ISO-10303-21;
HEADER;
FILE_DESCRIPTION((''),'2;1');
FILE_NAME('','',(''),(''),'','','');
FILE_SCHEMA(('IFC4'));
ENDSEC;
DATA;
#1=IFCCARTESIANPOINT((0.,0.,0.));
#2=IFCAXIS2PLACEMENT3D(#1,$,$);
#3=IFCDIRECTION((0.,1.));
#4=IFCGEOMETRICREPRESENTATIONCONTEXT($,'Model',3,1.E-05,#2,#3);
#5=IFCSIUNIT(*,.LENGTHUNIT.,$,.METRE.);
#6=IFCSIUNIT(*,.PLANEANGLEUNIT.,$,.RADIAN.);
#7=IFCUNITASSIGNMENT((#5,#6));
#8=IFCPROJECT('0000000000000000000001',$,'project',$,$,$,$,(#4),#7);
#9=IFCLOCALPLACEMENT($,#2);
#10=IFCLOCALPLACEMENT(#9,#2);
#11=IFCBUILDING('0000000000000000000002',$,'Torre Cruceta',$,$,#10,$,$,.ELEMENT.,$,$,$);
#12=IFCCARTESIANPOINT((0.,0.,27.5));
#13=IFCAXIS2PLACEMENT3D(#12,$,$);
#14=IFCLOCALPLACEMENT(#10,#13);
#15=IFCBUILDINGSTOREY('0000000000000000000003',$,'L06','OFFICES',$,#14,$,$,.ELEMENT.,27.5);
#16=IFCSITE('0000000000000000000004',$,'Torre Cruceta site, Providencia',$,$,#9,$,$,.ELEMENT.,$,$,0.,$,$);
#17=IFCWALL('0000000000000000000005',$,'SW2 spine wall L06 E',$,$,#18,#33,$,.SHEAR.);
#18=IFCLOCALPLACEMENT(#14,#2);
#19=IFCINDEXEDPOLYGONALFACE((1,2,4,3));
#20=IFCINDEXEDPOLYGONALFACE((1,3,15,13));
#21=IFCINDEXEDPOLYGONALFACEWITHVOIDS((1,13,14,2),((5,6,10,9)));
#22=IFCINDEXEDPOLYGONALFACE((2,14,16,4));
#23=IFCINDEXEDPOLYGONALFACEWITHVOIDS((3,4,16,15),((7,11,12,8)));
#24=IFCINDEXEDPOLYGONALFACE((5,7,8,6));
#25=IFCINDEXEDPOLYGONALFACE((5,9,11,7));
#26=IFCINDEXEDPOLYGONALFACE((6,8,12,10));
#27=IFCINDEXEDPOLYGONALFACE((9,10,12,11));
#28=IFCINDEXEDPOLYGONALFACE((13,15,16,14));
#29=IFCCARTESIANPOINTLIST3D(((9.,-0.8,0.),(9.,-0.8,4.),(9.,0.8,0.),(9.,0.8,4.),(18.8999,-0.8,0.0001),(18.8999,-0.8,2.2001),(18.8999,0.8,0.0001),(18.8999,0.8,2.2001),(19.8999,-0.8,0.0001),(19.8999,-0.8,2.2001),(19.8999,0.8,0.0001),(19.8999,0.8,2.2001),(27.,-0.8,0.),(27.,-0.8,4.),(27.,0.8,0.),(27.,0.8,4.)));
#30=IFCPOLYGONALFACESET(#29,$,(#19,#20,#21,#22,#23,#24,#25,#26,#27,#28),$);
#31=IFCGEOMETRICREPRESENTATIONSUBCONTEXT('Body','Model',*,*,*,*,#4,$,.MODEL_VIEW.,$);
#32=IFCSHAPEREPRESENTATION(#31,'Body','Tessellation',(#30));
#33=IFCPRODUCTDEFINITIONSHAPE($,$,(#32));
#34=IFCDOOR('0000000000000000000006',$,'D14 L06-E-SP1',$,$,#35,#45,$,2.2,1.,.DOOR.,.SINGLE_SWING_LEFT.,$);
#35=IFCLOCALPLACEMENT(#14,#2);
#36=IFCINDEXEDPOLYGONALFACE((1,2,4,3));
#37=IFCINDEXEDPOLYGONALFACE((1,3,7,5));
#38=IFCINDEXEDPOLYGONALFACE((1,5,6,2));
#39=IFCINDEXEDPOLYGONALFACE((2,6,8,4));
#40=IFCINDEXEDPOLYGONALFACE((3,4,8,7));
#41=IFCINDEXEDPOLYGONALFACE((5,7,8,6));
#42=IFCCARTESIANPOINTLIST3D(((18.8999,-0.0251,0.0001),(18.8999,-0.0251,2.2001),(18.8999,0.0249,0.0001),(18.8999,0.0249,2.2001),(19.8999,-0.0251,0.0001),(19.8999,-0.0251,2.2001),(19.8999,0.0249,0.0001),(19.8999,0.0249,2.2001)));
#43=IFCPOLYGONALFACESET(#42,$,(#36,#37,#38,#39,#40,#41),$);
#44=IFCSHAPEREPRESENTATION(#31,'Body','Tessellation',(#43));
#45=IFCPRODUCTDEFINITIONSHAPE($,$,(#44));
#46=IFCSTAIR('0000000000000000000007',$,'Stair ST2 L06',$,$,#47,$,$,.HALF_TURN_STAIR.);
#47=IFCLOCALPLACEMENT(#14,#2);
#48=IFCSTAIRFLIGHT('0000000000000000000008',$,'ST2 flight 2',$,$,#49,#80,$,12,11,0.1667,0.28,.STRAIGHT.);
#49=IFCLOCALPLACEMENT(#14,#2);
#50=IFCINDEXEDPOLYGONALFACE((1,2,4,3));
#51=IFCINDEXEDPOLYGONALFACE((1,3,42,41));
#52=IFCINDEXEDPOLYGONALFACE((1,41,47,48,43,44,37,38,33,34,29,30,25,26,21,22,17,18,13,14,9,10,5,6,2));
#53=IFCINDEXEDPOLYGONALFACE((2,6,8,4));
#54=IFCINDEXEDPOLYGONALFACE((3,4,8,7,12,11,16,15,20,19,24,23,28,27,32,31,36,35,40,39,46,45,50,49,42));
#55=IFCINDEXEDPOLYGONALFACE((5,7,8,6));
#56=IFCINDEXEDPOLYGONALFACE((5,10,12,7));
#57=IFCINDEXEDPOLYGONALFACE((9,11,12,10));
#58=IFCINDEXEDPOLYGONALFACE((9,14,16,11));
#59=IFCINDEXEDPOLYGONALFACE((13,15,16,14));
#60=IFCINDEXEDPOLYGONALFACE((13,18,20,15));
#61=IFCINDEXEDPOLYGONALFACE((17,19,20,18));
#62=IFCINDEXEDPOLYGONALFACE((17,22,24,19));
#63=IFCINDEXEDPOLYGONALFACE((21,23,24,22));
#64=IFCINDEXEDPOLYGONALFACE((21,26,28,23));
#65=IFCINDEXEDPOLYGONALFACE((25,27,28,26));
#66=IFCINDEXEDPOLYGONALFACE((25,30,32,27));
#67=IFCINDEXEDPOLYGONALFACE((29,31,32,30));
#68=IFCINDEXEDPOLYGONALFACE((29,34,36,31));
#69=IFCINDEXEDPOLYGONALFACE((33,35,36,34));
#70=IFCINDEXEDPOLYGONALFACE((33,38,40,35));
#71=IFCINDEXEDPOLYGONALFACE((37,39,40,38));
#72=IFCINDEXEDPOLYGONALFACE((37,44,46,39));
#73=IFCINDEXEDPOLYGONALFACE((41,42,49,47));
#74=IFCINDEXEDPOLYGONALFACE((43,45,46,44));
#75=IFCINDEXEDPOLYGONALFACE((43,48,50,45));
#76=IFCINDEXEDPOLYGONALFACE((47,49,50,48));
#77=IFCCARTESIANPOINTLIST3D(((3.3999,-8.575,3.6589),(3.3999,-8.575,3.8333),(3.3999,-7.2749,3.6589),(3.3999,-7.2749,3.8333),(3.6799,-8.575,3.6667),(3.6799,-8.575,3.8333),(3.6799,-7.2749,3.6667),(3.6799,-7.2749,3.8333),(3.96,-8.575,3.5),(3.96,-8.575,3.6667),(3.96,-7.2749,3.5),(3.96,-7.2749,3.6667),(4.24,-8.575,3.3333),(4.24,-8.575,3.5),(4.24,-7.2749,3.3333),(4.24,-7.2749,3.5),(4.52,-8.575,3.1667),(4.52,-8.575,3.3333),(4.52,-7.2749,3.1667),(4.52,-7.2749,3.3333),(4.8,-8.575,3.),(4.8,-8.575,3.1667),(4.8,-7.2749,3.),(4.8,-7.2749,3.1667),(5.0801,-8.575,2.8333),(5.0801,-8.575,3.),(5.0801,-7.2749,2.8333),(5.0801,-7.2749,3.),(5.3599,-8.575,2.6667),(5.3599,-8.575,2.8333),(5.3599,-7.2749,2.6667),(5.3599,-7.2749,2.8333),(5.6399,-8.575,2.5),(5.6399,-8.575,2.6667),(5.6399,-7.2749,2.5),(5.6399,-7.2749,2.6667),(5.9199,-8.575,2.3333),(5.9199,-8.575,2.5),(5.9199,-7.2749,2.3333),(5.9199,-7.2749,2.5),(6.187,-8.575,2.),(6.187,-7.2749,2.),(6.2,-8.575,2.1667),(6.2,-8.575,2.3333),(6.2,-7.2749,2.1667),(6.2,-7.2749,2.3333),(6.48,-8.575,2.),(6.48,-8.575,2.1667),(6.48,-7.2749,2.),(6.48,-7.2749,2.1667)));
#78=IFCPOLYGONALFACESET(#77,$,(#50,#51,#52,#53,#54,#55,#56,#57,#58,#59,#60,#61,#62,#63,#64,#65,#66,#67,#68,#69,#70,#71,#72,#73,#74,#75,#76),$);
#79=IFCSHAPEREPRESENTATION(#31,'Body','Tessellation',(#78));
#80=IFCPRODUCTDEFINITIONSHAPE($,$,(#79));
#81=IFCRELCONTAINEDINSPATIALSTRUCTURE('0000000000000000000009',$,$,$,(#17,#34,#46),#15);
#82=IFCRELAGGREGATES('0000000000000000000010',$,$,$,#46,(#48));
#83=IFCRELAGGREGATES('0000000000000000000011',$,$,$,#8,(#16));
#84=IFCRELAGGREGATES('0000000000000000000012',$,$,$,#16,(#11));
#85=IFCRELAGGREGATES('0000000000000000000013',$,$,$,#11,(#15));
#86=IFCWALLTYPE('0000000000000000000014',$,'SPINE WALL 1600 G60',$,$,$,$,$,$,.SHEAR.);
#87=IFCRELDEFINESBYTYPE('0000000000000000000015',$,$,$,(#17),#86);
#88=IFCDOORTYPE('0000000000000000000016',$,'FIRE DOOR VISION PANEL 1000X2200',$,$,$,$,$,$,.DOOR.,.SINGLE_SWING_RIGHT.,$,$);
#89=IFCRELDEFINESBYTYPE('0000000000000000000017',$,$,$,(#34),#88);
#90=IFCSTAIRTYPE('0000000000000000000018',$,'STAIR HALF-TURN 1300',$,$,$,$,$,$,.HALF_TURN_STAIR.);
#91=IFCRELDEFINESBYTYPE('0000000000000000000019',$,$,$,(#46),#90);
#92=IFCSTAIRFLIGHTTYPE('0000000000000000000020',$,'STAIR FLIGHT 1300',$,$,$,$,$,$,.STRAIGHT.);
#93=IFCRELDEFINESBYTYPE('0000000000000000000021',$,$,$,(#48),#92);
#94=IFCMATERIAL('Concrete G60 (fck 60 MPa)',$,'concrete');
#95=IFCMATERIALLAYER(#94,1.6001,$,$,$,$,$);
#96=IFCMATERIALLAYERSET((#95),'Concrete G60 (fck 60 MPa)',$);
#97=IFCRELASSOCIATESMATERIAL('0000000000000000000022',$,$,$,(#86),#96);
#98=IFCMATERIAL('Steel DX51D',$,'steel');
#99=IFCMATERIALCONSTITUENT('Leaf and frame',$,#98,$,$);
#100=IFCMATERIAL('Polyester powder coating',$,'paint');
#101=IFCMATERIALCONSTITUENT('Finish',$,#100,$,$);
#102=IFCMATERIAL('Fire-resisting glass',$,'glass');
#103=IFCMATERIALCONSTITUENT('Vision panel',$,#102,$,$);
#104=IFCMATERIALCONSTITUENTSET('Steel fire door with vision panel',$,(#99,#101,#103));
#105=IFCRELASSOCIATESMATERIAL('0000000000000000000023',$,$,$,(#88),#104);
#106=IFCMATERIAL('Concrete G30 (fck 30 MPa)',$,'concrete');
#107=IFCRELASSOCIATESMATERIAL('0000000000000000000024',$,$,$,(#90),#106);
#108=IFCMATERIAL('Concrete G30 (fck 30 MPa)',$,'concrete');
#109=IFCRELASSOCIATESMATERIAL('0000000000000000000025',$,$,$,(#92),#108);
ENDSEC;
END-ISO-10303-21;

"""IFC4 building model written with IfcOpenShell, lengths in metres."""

from ifc_helpers import new_model, si_unit, direction, frame, frame_2d, origin, place, context, subcontext, project, spatial, polyline, rectangle, outline, extrude, material, layer, layer_set, constituent, constituent_set, type_object, element, fill, aggregate, save


model = new_model("IFC4")

# Units and contexts
model_context = context("Model", 3, precision=1e-05, world=origin(), true_north=direction((0.0, 1.0)))
body_context = subcontext(model_context, "Body", "Model", "MODEL_VIEW")
ifc_project = project(units=[si_unit("LENGTHUNIT", "METRE"), si_unit("PLANEANGLEUNIT", "RADIAN")], contexts=[model_context])

# Site, building, storey
site_placement = place(None, origin())
site = spatial("IfcSite", under=ifc_project, at=site_placement, Name="Torre Cruceta site, Providencia", CompositionType="ELEMENT", RefElevation=0.0)
building_placement = place(site_placement, origin())
building = spatial("IfcBuilding", under=site, at=building_placement, Name="Torre Cruceta", CompositionType="ELEMENT")
storey_placement = place(building_placement, frame((0.0, 0.0, 27.5)))
storey = spatial("IfcBuildingStorey", under=building, at=storey_placement, Name="L06", Description="OFFICES", CompositionType="ELEMENT", Elevation=27.5)

# Wall, opening, door
ifc_material_1 = material(Name="Concrete G60 (fck 60 MPa)", Category="concrete")
ifc_layer_1 = layer(ifc_material_1, 1.6001)
ifc_layer_set_1 = layer_set([ifc_layer_1], Name="Concrete G60 (fck 60 MPa)")
wall_type_1 = type_object("IfcWallType", Name="SPINE WALL 1600 G60", PredefinedType="SHEAR", material=ifc_layer_set_1)
wall_1_placement = place(storey_placement, frame((9.0, 0.0, 0.0), z_axis=(0.0, 0.0, 1.0), x_axis=(1.0, 0.0, 0.0)))
wall_1 = element("IfcWall", 1, at=wall_1_placement, inside=storey, type_object=wall_type_1, Name="SW2 spine wall L06 E", PredefinedType="SHEAR", context=body_context, shape_type="SweptSolid", body=[
    extrude(rectangle(XDim=18.0, YDim=1.6001, at=frame_2d((9.0, 0.0))), origin(), (0.0, 0.0, 1.0), 4.0),
])
opening_1_placement = place(wall_1_placement, frame((9.8999, 0.0, 0.0)))
opening_1 = element("IfcOpeningElement", 2, at=opening_1_placement, cuts=wall_1, PredefinedType="OPENING", context=body_context, shape_type="SweptSolid", body=[
    extrude(rectangle(XDim=1.0, YDim=2.2, at=frame_2d((0.5, 1.1001))), frame((0.0, 0.8101, 0.0), z_axis=(0.0, -1.0, 0.0), x_axis=(1.0, 0.0, 0.0)), (0.0, 0.0, 1.0), 1.6201),
])
ifc_material_2 = material(Name="Steel DX51D", Category="steel")
ifc_constituent_1 = constituent(ifc_material_2, Name="Leaf and frame")
ifc_material_3 = material(Name="Polyester powder coating", Category="paint")
ifc_constituent_2 = constituent(ifc_material_3, Name="Finish")
ifc_material_4 = material(Name="Fire-resisting glass", Category="glass")
ifc_constituent_3 = constituent(ifc_material_4, Name="Vision panel")
ifc_constituent_set_1 = constituent_set(constituents=[ifc_constituent_1, ifc_constituent_2, ifc_constituent_3], Name="Steel fire door with vision panel")
door_type_1 = type_object("IfcDoorType", Name="FIRE DOOR VISION PANEL 1000X2200", OperationType="SINGLE_SWING_RIGHT", PredefinedType="DOOR", material=ifc_constituent_set_1)
door_1_placement = place(opening_1_placement, frame((1.0, 0.0, 0.0), z_axis=(0.0, 0.0, 1.0), x_axis=(-1.0, 0.0, 0.0)))
door_1 = element("IfcDoor", 3, at=door_1_placement, inside=storey, type_object=door_type_1, Name="D14 L06-E-SP1", OperationType="SINGLE_SWING_LEFT", OverallHeight=2.2, OverallWidth=1.0, PredefinedType="DOOR", context=body_context, shape_type="SweptSolid", body=[
    extrude(rectangle(XDim=1.0, YDim=2.2, at=frame_2d((0.5, 1.1001))), frame((0.0, 0.0251, 0.0), z_axis=(0.0, -1.0, 0.0), x_axis=(1.0, 0.0, 0.0)), (0.0, 0.0, 1.0), 0.05),
])
fill(opening_1, door_1)

# Stair, stair flight
ifc_material_5 = material(Name="Concrete G30 (fck 30 MPa)", Category="concrete")
stair_type = type_object("IfcStairType", Name="STAIR HALF-TURN 1300", PredefinedType="HALF_TURN_STAIR", material=ifc_material_5)
stair_placement = place(storey_placement, origin())
stair = element("IfcStair", 4, at=stair_placement, inside=storey, type_object=stair_type, Name="Stair ST2 L06", PredefinedType="HALF_TURN_STAIR")
ifc_material_6 = material(Name="Concrete G30 (fck 30 MPa)", Category="concrete")
stair_flight_type = type_object("IfcStairFlightType", Name="STAIR FLIGHT 1300", PredefinedType="STRAIGHT", material=ifc_material_6)
stair_flight_placement = place(storey_placement, frame((6.48, -7.925, 2.0), z_axis=(0.0, 0.0, 1.0), x_axis=(-1.0, 0.0, 0.0)))
stair_flight = element("IfcStairFlight", 5, at=stair_flight_placement, type_object=stair_flight_type, Name="ST2 flight 2", NumberOfRisers=12, NumberOfTreads=11, PredefinedType="STRAIGHT", RiserHeight=0.1667, TreadLength=0.28, context=body_context, shape_type="SweptSolid", body=[
    extrude(outline(polyline([(0.0, 0.0), (0.0, 0.1667), (0.28, 0.1667), (0.28, 0.3333), (0.5601, 0.3333), (0.5601, 0.5), (0.8401, 0.5), (0.8401, 0.6667), (1.1201, 0.6667), (1.1201, 0.8333), (1.3999, 0.8333), (1.3999, 1.0), (1.6799, 1.0), (1.6799, 1.1667), (1.96, 1.1667), (1.96, 1.3333), (2.24, 1.3333), (2.24, 1.5), (2.52, 1.5), (2.52, 1.6667), (2.8, 1.6667), (2.8, 1.8333), (3.0801, 1.8333), (3.0801, 2.0), (3.0801, 1.6589), (0.293, 0.0), (0.0, 0.0)])), frame((0.0, 0.6499, 0.0), z_axis=(0.0, -1.0, 0.0), x_axis=(1.0, 0.0, 0.0)), (0.0, 0.0, 1.0), 1.3),
])
aggregate(stair, [stair_flight])

save(model, "model.ifc")
